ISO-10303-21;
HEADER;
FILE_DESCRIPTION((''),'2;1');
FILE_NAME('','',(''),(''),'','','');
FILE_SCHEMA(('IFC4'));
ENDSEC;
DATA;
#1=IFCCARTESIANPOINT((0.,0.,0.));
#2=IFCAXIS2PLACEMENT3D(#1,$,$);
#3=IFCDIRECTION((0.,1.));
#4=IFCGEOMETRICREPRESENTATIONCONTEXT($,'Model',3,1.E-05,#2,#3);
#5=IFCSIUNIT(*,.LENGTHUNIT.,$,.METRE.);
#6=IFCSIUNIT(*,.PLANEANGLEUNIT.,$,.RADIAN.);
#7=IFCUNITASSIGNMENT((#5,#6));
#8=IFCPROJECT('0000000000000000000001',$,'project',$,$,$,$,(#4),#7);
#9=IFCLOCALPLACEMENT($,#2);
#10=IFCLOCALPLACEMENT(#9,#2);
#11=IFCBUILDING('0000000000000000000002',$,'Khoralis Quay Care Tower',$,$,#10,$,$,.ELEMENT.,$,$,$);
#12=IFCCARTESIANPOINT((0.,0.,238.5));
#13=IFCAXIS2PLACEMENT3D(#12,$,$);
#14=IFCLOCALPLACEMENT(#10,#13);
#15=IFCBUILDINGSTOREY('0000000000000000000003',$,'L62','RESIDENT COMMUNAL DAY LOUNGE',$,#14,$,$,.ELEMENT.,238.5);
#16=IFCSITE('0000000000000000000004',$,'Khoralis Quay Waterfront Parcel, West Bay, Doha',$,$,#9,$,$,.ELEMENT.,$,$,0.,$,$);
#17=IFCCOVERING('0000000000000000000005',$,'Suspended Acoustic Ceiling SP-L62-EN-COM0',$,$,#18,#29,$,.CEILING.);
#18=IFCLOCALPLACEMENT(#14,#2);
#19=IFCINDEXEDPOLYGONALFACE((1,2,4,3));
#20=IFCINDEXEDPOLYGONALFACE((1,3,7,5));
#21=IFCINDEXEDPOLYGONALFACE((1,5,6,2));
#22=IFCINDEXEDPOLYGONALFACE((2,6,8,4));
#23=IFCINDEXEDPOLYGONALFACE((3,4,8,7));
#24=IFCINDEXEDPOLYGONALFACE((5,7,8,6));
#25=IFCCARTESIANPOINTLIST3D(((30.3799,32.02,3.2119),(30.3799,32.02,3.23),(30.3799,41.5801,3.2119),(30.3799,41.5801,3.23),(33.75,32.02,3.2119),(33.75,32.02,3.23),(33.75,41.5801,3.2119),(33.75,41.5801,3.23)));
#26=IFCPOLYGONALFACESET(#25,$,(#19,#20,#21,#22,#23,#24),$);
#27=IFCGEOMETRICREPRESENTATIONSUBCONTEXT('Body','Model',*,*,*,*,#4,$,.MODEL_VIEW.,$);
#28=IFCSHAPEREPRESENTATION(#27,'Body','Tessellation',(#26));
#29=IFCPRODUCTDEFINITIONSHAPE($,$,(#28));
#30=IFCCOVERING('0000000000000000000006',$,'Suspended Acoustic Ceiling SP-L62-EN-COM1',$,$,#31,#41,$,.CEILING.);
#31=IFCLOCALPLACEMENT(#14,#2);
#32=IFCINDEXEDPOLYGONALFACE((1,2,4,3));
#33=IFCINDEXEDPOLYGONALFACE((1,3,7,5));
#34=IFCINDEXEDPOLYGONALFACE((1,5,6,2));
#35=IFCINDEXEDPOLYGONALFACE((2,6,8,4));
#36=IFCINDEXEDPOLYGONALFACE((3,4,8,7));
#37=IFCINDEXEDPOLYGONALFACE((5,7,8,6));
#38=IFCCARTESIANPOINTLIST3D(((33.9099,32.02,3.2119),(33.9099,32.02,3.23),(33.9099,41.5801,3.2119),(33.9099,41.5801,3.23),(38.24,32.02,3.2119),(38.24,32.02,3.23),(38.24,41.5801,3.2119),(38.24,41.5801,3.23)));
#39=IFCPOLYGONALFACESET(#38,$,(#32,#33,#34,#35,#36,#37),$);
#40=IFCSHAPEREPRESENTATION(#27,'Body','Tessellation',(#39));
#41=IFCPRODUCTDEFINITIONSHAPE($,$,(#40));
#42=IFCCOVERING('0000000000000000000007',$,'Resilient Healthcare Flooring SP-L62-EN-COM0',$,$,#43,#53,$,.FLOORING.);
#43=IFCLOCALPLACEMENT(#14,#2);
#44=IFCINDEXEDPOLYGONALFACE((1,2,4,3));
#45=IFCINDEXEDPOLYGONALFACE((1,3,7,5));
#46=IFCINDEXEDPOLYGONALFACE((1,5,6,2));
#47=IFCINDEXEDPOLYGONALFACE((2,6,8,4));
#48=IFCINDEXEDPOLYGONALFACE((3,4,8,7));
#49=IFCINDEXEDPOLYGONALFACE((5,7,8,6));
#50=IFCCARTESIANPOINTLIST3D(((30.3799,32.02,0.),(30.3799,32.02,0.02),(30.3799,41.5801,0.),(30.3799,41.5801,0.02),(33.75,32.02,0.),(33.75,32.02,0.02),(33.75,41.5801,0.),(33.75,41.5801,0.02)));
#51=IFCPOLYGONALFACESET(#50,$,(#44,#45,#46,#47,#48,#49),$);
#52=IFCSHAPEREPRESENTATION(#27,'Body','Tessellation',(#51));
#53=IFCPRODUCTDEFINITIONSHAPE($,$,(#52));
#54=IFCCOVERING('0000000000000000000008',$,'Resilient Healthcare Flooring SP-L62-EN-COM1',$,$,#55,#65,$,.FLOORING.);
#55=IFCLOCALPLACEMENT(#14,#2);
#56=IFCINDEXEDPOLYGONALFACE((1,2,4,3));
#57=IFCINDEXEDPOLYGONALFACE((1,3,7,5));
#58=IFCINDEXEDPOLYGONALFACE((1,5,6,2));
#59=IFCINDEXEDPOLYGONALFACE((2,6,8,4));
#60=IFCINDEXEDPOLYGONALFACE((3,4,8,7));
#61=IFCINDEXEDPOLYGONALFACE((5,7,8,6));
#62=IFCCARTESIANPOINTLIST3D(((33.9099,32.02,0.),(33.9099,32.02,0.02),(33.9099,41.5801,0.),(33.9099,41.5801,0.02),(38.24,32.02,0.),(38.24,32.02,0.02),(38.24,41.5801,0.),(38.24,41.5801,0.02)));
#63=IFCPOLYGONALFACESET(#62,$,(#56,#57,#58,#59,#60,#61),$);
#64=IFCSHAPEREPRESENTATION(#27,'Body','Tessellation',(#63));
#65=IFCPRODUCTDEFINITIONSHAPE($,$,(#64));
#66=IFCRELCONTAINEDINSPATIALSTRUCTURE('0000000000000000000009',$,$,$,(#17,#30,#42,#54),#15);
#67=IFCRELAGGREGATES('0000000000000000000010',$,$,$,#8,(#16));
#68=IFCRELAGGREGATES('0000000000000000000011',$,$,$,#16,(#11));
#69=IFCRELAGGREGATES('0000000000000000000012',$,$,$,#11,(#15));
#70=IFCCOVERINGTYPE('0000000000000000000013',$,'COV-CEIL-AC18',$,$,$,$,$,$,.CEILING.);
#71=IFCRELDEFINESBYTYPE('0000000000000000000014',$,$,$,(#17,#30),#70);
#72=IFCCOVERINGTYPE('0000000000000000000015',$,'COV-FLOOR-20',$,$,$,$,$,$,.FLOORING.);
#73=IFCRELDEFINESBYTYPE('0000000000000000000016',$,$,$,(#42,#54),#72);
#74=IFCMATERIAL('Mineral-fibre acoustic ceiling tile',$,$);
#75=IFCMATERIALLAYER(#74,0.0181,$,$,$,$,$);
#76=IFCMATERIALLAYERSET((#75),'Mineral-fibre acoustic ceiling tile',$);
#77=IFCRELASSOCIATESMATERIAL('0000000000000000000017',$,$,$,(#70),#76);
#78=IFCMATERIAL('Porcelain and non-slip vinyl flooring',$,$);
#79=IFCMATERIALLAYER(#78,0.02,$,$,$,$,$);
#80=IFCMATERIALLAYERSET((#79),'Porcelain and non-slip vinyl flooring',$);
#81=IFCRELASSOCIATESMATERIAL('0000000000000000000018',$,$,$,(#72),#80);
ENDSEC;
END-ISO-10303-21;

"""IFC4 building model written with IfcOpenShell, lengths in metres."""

from ifc_helpers import new_model, si_unit, direction, frame, origin, place, context, subcontext, project, spatial, polyline, outline, extrude, material, layer, layer_set, type_object, element, save


model = new_model("IFC4")

# Units and contexts
model_context = context("Model", 3, precision=1e-05, world=origin(), true_north=direction((0.0, 1.0)))
body_context = subcontext(model_context, "Body", "Model", "MODEL_VIEW")
ifc_project = project(units=[si_unit("LENGTHUNIT", "METRE"), si_unit("PLANEANGLEUNIT", "RADIAN")], contexts=[model_context])

# Site, building, storey
site_placement = place(None, origin())
site = spatial("IfcSite", under=ifc_project, at=site_placement, Name="Khoralis Quay Waterfront Parcel, West Bay, Doha", CompositionType="ELEMENT", RefElevation=0.0)
building_placement = place(site_placement, origin())
building = spatial("IfcBuilding", under=site, at=building_placement, Name="Khoralis Quay Care Tower", CompositionType="ELEMENT")
storey_placement = place(building_placement, frame((0.0, 0.0, 238.5)))
storey = spatial("IfcBuildingStorey", under=building, at=storey_placement, Name="L62", Description="RESIDENT COMMUNAL DAY LOUNGE", CompositionType="ELEMENT", Elevation=238.5)

# Coverings
ifc_material_1 = material(Name="Mineral-fibre acoustic ceiling tile")
ifc_layer_1 = layer(ifc_material_1, 0.0181)
ifc_layer_set_1 = layer_set([ifc_layer_1], Name="Mineral-fibre acoustic ceiling tile")
covering_type_1 = type_object("IfcCoveringType", Name="COV-CEIL-AC18", PredefinedType="CEILING", material=ifc_layer_set_1)
covering_1_placement = place(storey_placement, frame((0.0, 0.0, 3.2119)))
element("IfcCovering", 1, at=covering_1_placement, inside=storey, type_object=covering_type_1, Name="Suspended Acoustic Ceiling SP-L62-EN-COM0", PredefinedType="CEILING", context=body_context, shape_type="SweptSolid", body=[
    extrude(outline(polyline([(30.3799, 32.02), (33.75, 32.02), (33.75, 41.5801), (30.3799, 41.5801), (30.3799, 32.02)])), origin(), (0.0, 0.0, 1.0), 0.0181),
])
covering_2_placement = place(storey_placement, frame((0.0, 0.0, 3.2119)))
element("IfcCovering", 2, at=covering_2_placement, inside=storey, type_object=covering_type_1, Name="Suspended Acoustic Ceiling SP-L62-EN-COM1", PredefinedType="CEILING", context=body_context, shape_type="SweptSolid", body=[
    extrude(outline(polyline([(33.9099, 32.02), (38.24, 32.02), (38.24, 41.5801), (33.9099, 41.5801), (33.9099, 32.02)])), origin(), (0.0, 0.0, 1.0), 0.0181),
])
ifc_material_2 = material(Name="Porcelain and non-slip vinyl flooring")
ifc_layer_2 = layer(ifc_material_2, 0.02)
ifc_layer_set_2 = layer_set([ifc_layer_2], Name="Porcelain and non-slip vinyl flooring")
covering_type_2 = type_object("IfcCoveringType", Name="COV-FLOOR-20", PredefinedType="FLOORING", material=ifc_layer_set_2)
covering_3_placement = place(storey_placement, origin())
element("IfcCovering", 3, at=covering_3_placement, inside=storey, type_object=covering_type_2, Name="Resilient Healthcare Flooring SP-L62-EN-COM0", PredefinedType="FLOORING", context=body_context, shape_type="SweptSolid", body=[
    extrude(outline(polyline([(30.3799, 32.02), (33.75, 32.02), (33.75, 41.5801), (30.3799, 41.5801), (30.3799, 32.02)])), origin(), (0.0, 0.0, 1.0), 0.02),
])
covering_4_placement = place(storey_placement, origin())
element("IfcCovering", 4, at=covering_4_placement, inside=storey, type_object=covering_type_2, Name="Resilient Healthcare Flooring SP-L62-EN-COM1", PredefinedType="FLOORING", context=body_context, shape_type="SweptSolid", body=[
    extrude(outline(polyline([(33.9099, 32.02), (38.24, 32.02), (38.24, 41.5801), (33.9099, 41.5801), (33.9099, 32.02)])), origin(), (0.0, 0.0, 1.0), 0.02),
])

save(model, "model.ifc")
